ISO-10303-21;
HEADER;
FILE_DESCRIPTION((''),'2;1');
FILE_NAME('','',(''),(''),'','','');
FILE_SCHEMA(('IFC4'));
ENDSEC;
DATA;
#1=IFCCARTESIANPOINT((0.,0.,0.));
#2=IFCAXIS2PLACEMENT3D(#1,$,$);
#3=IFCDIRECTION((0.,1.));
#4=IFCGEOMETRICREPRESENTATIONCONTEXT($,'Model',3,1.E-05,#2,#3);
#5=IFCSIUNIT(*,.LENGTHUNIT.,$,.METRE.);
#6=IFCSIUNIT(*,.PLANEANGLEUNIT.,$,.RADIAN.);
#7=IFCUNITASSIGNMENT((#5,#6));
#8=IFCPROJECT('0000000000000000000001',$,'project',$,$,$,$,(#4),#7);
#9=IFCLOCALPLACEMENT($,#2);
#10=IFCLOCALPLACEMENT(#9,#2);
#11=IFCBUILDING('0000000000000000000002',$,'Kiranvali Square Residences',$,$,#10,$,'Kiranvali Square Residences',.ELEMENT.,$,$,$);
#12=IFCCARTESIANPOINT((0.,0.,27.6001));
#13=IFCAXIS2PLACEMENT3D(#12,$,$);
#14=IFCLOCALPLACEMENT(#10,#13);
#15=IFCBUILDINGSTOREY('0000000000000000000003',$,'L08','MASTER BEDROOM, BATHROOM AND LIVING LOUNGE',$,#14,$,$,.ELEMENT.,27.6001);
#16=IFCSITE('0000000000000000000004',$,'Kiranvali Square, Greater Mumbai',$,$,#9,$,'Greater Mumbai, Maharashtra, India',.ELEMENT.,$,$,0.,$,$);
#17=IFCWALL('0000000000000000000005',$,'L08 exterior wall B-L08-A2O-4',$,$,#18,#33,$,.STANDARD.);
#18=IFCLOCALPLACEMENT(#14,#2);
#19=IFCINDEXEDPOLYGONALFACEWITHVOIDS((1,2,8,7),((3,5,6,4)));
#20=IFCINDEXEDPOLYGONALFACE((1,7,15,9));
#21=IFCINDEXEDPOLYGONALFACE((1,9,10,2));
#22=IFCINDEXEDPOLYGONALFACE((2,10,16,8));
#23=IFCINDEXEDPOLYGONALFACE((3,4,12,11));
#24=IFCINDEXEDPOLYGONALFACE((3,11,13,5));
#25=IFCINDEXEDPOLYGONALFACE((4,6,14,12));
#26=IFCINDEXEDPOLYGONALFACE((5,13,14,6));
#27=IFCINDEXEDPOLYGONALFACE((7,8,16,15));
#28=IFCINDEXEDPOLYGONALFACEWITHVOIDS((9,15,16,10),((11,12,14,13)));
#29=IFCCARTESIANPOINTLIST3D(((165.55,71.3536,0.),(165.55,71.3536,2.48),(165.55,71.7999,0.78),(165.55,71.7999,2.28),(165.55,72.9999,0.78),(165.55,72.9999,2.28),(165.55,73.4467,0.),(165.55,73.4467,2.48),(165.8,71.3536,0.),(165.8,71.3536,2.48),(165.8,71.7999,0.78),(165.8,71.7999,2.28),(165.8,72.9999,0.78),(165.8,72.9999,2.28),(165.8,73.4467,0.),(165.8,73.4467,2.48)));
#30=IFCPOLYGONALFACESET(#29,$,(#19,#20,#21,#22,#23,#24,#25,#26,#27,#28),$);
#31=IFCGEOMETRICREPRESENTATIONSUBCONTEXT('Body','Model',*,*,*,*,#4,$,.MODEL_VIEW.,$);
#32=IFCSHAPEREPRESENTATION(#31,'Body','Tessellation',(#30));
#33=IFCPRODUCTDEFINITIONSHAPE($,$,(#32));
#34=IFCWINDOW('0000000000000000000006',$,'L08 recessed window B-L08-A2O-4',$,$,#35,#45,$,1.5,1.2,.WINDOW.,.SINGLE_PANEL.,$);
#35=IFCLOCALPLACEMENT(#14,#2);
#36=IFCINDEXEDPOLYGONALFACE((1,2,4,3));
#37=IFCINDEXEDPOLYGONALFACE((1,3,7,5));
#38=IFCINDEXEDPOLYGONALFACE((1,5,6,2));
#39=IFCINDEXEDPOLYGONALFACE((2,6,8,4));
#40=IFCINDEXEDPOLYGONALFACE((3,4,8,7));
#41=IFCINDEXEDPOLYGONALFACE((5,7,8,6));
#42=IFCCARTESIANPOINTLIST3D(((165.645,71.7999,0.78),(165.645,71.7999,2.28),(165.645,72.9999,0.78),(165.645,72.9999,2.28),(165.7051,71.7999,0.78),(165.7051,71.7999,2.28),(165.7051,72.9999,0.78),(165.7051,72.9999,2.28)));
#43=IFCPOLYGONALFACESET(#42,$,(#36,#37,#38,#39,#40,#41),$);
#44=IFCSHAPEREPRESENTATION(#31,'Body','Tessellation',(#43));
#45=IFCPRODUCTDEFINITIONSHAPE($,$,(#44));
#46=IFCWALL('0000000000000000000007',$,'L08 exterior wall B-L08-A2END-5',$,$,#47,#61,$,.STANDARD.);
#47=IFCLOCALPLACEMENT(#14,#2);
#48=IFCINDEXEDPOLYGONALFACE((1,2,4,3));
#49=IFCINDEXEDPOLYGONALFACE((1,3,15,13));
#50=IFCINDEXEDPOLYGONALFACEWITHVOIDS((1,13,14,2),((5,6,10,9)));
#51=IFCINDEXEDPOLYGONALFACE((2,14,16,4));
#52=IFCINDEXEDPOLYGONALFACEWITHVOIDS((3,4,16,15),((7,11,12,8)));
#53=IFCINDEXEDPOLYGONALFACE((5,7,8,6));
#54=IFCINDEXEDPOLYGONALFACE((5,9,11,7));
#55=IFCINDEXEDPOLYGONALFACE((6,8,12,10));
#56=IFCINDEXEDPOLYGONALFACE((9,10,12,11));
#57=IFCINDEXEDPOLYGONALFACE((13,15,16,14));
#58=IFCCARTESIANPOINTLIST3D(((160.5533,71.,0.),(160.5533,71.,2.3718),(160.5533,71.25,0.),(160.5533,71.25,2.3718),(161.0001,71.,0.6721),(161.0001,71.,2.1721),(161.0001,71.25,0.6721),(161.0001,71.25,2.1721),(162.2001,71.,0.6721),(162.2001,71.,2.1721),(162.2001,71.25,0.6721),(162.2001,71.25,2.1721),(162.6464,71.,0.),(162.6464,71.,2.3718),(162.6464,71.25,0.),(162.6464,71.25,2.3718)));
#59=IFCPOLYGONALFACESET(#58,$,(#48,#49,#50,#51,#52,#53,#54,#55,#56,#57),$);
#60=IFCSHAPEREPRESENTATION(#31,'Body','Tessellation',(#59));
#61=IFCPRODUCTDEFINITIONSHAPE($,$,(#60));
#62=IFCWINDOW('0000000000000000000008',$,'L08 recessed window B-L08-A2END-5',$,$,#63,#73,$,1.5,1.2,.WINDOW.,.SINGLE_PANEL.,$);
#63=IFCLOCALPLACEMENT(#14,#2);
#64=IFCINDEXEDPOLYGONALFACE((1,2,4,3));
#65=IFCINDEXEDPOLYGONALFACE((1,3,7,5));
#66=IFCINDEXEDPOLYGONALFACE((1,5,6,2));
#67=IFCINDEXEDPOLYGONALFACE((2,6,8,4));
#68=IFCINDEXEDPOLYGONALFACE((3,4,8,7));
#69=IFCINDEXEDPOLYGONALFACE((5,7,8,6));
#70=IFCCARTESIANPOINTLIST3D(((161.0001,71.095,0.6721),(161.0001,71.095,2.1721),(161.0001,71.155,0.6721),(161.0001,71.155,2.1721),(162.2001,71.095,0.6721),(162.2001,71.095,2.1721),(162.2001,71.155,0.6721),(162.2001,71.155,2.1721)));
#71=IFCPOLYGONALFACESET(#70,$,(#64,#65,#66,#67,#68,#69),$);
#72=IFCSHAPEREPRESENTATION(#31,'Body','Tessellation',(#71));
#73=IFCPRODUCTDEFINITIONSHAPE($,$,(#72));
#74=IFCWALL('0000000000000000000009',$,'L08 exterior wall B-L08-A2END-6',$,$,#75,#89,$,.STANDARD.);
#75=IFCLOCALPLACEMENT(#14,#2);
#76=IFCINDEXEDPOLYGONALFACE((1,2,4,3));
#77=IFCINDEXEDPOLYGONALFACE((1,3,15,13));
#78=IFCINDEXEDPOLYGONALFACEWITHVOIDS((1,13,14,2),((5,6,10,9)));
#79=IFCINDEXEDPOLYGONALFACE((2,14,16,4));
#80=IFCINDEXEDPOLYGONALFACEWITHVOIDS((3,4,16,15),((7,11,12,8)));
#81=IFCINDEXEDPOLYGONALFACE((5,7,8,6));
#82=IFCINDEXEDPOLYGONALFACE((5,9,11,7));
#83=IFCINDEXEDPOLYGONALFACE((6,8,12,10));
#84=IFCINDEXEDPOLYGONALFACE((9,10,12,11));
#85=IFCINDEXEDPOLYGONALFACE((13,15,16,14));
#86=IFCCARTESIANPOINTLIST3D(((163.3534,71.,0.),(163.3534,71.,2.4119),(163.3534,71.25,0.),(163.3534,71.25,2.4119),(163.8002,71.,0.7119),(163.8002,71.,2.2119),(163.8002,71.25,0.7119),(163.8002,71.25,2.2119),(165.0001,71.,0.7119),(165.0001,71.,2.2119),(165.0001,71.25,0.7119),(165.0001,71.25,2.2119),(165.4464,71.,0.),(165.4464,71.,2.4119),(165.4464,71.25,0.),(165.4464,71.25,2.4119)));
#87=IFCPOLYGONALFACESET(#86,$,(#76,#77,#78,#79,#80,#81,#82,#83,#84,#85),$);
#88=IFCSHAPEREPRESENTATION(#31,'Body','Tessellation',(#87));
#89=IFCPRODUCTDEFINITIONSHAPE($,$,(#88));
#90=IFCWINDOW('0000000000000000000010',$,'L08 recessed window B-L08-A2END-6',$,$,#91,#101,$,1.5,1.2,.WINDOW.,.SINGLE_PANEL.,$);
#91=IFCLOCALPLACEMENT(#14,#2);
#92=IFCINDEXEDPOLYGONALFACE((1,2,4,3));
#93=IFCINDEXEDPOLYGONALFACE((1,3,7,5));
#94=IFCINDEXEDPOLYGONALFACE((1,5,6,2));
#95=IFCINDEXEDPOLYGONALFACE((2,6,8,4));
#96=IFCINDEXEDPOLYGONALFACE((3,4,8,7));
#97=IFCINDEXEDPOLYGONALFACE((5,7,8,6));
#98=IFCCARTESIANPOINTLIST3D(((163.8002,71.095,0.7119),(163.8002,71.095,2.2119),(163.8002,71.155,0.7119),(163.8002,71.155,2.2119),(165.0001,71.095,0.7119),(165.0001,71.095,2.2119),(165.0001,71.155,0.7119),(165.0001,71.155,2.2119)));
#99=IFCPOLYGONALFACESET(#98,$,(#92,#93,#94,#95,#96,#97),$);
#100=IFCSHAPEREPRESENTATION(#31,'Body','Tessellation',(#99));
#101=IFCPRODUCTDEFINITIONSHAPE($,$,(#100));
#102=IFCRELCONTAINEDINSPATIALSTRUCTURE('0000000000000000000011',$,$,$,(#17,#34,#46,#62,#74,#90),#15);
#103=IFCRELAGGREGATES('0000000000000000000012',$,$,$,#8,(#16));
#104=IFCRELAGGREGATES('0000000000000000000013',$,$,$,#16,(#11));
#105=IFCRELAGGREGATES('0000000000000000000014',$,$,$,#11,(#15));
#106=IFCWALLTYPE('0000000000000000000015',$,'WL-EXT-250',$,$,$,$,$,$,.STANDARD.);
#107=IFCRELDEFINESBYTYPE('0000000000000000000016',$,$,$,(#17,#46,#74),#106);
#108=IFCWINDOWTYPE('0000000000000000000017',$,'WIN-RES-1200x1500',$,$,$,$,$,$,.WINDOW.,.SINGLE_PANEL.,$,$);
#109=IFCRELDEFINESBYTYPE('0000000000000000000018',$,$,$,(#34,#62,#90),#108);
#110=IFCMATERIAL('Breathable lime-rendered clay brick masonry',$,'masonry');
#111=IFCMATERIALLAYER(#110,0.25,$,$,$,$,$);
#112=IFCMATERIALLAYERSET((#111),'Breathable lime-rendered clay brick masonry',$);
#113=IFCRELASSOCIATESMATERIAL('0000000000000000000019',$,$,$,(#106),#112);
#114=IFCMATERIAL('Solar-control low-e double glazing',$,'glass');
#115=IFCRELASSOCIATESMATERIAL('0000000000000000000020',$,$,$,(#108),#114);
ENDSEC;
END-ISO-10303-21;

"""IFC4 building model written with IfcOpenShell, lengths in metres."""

from ifc_helpers import new_model, si_unit, direction, frame, frame_2d, origin, place, context, subcontext, project, spatial, rectangle, extrude, material, layer, layer_set, type_object, element, fill, save


model = new_model("IFC4")

# Units and contexts
model_context = context("Model", 3, precision=1e-05, world=origin(), true_north=direction((0.0, 1.0)))
body_context = subcontext(model_context, "Body", "Model", "MODEL_VIEW")
ifc_project = project(units=[si_unit("LENGTHUNIT", "METRE"), si_unit("PLANEANGLEUNIT", "RADIAN")], contexts=[model_context])

# Site, building, storey
site_placement = place(None, origin())
site = spatial("IfcSite", under=ifc_project, at=site_placement, Name="Kiranvali Square, Greater Mumbai", LongName="Greater Mumbai, Maharashtra, India", CompositionType="ELEMENT", RefElevation=0.0)
building_placement = place(site_placement, origin())
building = spatial("IfcBuilding", under=site, at=building_placement, Name="Kiranvali Square Residences", LongName="Kiranvali Square Residences", CompositionType="ELEMENT")
storey_placement = place(building_placement, frame((0.0, 0.0, 27.6001)))
storey = spatial("IfcBuildingStorey", under=building, at=storey_placement, Name="L08", Description="MASTER BEDROOM, BATHROOM AND LIVING LOUNGE", CompositionType="ELEMENT", Elevation=27.6001)

# Walls, openings, windows
ifc_material_1 = material(Name="Breathable lime-rendered clay brick masonry", Category="masonry")
ifc_layer = layer(ifc_material_1, 0.25)
ifc_layer_set = layer_set([ifc_layer], Name="Breathable lime-rendered clay brick masonry")
wall_type = type_object("IfcWallType", Name="WL-EXT-250", PredefinedType="STANDARD", material=ifc_layer_set)
ifc_material_2 = material(Name="Solar-control low-e double glazing", Category="glass")
window_type = type_object("IfcWindowType", Name="WIN-RES-1200x1500", PartitioningType="SINGLE_PANEL", PredefinedType="WINDOW", material=ifc_material_2)
wall_1_placement = place(storey_placement, frame((165.675, 73.4465, 0.0), z_axis=(0.0, 0.0, 1.0), x_axis=(0.0, -1.0, 0.0)))
wall_1 = element("IfcWall", 1, at=wall_1_placement, inside=storey, type_object=wall_type, Name="L08 exterior wall B-L08-A2O-4", PredefinedType="STANDARD", context=body_context, shape_type="SweptSolid", body=[
    extrude(rectangle(XDim=2.093, YDim=0.25, at=frame_2d((1.0464, 0.0))), origin(), (0.0, 0.0, 1.0), 2.48),
])
opening_1_placement = place(wall_1_placement, frame((0.4465, 0.0, 0.78)))
opening_1 = element("IfcOpeningElement", 2, at=opening_1_placement, cuts=wall_1, PredefinedType="OPENING", context=body_context, shape_type="SweptSolid", body=[
    extrude(rectangle(XDim=1.2, YDim=1.5, at=frame_2d((0.6001, 0.75))), frame((0.0, 0.135, 0.0), z_axis=(0.0, -1.0, 0.0), x_axis=(1.0, 0.0, 0.0)), (0.0, 0.0, 1.0), 0.27),
])
window_1_placement = place(opening_1_placement, origin())
window_1 = element("IfcWindow", 3, at=window_1_placement, inside=storey, type_object=window_type, Name="L08 recessed window B-L08-A2O-4", OverallHeight=1.5, OverallWidth=1.2, PartitioningType="SINGLE_PANEL", PredefinedType="WINDOW", context=body_context, shape_type="SweptSolid", body=[
    extrude(rectangle(XDim=1.2, YDim=1.5, at=frame_2d((0.6001, 0.75))), frame((0.0, 0.03, 0.0), z_axis=(0.0, -1.0, 0.0), x_axis=(1.0, 0.0, 0.0)), (0.0, 0.0, 1.0), 0.0601),
])
fill(opening_1, window_1)
wall_2_placement = place(storey_placement, frame((160.5535, 71.125, 0.0), z_axis=(0.0, 0.0, 1.0), x_axis=(1.0, 0.0, 0.0)))
wall_2 = element("IfcWall", 4, at=wall_2_placement, inside=storey, type_object=wall_type, Name="L08 exterior wall B-L08-A2END-5", PredefinedType="STANDARD", context=body_context, shape_type="SweptSolid", body=[
    extrude(rectangle(XDim=2.093, YDim=0.25, at=frame_2d((1.0464, 0.0))), origin(), (0.0, 0.0, 1.0), 2.3718),
])
opening_2_placement = place(wall_2_placement, frame((0.4465, 0.0, 0.6721)))
opening_2 = element("IfcOpeningElement", 5, at=opening_2_placement, cuts=wall_2, PredefinedType="OPENING", context=body_context, shape_type="SweptSolid", body=[
    extrude(rectangle(XDim=1.2, YDim=1.5, at=frame_2d((0.6001, 0.75))), frame((0.0, 0.135, 0.0), z_axis=(0.0, -1.0, 0.0), x_axis=(1.0, 0.0, 0.0)), (0.0, 0.0, 1.0), 0.27),
])
window_2_placement = place(opening_2_placement, origin())
window_2 = element("IfcWindow", 6, at=window_2_placement, inside=storey, type_object=window_type, Name="L08 recessed window B-L08-A2END-5", OverallHeight=1.5, OverallWidth=1.2, PartitioningType="SINGLE_PANEL", PredefinedType="WINDOW", context=body_context, shape_type="SweptSolid", body=[
    extrude(rectangle(XDim=1.2, YDim=1.5, at=frame_2d((0.6001, 0.75))), frame((0.0, 0.03, 0.0), z_axis=(0.0, -1.0, 0.0), x_axis=(1.0, 0.0, 0.0)), (0.0, 0.0, 1.0), 0.0601),
])
fill(opening_2, window_2)
wall_3_placement = place(storey_placement, frame((163.3535, 71.125, 0.0), z_axis=(0.0, 0.0, 1.0), x_axis=(1.0, 0.0, 0.0)))
wall_3 = element("IfcWall", 7, at=wall_3_placement, inside=storey, type_object=wall_type, Name="L08 exterior wall B-L08-A2END-6", PredefinedType="STANDARD", context=body_context, shape_type="SweptSolid", body=[
    extrude(rectangle(XDim=2.093, YDim=0.25, at=frame_2d((1.0464, 0.0))), origin(), (0.0, 0.0, 1.0), 2.4119),
])
opening_3_placement = place(wall_3_placement, frame((0.4465, 0.0, 0.7119)))
opening_3 = element("IfcOpeningElement", 8, at=opening_3_placement, cuts=wall_3, PredefinedType="OPENING", context=body_context, shape_type="SweptSolid", body=[
    extrude(rectangle(XDim=1.2, YDim=1.5, at=frame_2d((0.6001, 0.75))), frame((0.0, 0.135, 0.0), z_axis=(0.0, -1.0, 0.0), x_axis=(1.0, 0.0, 0.0)), (0.0, 0.0, 1.0), 0.27),
])
window_3_placement = place(opening_3_placement, origin())
window_3 = element("IfcWindow", 9, at=window_3_placement, inside=storey, type_object=window_type, Name="L08 recessed window B-L08-A2END-6", OverallHeight=1.5, OverallWidth=1.2, PartitioningType="SINGLE_PANEL", PredefinedType="WINDOW", context=body_context, shape_type="SweptSolid", body=[
    extrude(rectangle(XDim=1.2, YDim=1.5, at=frame_2d((0.6001, 0.75))), frame((0.0, 0.03, 0.0), z_axis=(0.0, -1.0, 0.0), x_axis=(1.0, 0.0, 0.0)), (0.0, 0.0, 1.0), 0.0601),
])
fill(opening_3, window_3)

save(model, "model.ifc")
